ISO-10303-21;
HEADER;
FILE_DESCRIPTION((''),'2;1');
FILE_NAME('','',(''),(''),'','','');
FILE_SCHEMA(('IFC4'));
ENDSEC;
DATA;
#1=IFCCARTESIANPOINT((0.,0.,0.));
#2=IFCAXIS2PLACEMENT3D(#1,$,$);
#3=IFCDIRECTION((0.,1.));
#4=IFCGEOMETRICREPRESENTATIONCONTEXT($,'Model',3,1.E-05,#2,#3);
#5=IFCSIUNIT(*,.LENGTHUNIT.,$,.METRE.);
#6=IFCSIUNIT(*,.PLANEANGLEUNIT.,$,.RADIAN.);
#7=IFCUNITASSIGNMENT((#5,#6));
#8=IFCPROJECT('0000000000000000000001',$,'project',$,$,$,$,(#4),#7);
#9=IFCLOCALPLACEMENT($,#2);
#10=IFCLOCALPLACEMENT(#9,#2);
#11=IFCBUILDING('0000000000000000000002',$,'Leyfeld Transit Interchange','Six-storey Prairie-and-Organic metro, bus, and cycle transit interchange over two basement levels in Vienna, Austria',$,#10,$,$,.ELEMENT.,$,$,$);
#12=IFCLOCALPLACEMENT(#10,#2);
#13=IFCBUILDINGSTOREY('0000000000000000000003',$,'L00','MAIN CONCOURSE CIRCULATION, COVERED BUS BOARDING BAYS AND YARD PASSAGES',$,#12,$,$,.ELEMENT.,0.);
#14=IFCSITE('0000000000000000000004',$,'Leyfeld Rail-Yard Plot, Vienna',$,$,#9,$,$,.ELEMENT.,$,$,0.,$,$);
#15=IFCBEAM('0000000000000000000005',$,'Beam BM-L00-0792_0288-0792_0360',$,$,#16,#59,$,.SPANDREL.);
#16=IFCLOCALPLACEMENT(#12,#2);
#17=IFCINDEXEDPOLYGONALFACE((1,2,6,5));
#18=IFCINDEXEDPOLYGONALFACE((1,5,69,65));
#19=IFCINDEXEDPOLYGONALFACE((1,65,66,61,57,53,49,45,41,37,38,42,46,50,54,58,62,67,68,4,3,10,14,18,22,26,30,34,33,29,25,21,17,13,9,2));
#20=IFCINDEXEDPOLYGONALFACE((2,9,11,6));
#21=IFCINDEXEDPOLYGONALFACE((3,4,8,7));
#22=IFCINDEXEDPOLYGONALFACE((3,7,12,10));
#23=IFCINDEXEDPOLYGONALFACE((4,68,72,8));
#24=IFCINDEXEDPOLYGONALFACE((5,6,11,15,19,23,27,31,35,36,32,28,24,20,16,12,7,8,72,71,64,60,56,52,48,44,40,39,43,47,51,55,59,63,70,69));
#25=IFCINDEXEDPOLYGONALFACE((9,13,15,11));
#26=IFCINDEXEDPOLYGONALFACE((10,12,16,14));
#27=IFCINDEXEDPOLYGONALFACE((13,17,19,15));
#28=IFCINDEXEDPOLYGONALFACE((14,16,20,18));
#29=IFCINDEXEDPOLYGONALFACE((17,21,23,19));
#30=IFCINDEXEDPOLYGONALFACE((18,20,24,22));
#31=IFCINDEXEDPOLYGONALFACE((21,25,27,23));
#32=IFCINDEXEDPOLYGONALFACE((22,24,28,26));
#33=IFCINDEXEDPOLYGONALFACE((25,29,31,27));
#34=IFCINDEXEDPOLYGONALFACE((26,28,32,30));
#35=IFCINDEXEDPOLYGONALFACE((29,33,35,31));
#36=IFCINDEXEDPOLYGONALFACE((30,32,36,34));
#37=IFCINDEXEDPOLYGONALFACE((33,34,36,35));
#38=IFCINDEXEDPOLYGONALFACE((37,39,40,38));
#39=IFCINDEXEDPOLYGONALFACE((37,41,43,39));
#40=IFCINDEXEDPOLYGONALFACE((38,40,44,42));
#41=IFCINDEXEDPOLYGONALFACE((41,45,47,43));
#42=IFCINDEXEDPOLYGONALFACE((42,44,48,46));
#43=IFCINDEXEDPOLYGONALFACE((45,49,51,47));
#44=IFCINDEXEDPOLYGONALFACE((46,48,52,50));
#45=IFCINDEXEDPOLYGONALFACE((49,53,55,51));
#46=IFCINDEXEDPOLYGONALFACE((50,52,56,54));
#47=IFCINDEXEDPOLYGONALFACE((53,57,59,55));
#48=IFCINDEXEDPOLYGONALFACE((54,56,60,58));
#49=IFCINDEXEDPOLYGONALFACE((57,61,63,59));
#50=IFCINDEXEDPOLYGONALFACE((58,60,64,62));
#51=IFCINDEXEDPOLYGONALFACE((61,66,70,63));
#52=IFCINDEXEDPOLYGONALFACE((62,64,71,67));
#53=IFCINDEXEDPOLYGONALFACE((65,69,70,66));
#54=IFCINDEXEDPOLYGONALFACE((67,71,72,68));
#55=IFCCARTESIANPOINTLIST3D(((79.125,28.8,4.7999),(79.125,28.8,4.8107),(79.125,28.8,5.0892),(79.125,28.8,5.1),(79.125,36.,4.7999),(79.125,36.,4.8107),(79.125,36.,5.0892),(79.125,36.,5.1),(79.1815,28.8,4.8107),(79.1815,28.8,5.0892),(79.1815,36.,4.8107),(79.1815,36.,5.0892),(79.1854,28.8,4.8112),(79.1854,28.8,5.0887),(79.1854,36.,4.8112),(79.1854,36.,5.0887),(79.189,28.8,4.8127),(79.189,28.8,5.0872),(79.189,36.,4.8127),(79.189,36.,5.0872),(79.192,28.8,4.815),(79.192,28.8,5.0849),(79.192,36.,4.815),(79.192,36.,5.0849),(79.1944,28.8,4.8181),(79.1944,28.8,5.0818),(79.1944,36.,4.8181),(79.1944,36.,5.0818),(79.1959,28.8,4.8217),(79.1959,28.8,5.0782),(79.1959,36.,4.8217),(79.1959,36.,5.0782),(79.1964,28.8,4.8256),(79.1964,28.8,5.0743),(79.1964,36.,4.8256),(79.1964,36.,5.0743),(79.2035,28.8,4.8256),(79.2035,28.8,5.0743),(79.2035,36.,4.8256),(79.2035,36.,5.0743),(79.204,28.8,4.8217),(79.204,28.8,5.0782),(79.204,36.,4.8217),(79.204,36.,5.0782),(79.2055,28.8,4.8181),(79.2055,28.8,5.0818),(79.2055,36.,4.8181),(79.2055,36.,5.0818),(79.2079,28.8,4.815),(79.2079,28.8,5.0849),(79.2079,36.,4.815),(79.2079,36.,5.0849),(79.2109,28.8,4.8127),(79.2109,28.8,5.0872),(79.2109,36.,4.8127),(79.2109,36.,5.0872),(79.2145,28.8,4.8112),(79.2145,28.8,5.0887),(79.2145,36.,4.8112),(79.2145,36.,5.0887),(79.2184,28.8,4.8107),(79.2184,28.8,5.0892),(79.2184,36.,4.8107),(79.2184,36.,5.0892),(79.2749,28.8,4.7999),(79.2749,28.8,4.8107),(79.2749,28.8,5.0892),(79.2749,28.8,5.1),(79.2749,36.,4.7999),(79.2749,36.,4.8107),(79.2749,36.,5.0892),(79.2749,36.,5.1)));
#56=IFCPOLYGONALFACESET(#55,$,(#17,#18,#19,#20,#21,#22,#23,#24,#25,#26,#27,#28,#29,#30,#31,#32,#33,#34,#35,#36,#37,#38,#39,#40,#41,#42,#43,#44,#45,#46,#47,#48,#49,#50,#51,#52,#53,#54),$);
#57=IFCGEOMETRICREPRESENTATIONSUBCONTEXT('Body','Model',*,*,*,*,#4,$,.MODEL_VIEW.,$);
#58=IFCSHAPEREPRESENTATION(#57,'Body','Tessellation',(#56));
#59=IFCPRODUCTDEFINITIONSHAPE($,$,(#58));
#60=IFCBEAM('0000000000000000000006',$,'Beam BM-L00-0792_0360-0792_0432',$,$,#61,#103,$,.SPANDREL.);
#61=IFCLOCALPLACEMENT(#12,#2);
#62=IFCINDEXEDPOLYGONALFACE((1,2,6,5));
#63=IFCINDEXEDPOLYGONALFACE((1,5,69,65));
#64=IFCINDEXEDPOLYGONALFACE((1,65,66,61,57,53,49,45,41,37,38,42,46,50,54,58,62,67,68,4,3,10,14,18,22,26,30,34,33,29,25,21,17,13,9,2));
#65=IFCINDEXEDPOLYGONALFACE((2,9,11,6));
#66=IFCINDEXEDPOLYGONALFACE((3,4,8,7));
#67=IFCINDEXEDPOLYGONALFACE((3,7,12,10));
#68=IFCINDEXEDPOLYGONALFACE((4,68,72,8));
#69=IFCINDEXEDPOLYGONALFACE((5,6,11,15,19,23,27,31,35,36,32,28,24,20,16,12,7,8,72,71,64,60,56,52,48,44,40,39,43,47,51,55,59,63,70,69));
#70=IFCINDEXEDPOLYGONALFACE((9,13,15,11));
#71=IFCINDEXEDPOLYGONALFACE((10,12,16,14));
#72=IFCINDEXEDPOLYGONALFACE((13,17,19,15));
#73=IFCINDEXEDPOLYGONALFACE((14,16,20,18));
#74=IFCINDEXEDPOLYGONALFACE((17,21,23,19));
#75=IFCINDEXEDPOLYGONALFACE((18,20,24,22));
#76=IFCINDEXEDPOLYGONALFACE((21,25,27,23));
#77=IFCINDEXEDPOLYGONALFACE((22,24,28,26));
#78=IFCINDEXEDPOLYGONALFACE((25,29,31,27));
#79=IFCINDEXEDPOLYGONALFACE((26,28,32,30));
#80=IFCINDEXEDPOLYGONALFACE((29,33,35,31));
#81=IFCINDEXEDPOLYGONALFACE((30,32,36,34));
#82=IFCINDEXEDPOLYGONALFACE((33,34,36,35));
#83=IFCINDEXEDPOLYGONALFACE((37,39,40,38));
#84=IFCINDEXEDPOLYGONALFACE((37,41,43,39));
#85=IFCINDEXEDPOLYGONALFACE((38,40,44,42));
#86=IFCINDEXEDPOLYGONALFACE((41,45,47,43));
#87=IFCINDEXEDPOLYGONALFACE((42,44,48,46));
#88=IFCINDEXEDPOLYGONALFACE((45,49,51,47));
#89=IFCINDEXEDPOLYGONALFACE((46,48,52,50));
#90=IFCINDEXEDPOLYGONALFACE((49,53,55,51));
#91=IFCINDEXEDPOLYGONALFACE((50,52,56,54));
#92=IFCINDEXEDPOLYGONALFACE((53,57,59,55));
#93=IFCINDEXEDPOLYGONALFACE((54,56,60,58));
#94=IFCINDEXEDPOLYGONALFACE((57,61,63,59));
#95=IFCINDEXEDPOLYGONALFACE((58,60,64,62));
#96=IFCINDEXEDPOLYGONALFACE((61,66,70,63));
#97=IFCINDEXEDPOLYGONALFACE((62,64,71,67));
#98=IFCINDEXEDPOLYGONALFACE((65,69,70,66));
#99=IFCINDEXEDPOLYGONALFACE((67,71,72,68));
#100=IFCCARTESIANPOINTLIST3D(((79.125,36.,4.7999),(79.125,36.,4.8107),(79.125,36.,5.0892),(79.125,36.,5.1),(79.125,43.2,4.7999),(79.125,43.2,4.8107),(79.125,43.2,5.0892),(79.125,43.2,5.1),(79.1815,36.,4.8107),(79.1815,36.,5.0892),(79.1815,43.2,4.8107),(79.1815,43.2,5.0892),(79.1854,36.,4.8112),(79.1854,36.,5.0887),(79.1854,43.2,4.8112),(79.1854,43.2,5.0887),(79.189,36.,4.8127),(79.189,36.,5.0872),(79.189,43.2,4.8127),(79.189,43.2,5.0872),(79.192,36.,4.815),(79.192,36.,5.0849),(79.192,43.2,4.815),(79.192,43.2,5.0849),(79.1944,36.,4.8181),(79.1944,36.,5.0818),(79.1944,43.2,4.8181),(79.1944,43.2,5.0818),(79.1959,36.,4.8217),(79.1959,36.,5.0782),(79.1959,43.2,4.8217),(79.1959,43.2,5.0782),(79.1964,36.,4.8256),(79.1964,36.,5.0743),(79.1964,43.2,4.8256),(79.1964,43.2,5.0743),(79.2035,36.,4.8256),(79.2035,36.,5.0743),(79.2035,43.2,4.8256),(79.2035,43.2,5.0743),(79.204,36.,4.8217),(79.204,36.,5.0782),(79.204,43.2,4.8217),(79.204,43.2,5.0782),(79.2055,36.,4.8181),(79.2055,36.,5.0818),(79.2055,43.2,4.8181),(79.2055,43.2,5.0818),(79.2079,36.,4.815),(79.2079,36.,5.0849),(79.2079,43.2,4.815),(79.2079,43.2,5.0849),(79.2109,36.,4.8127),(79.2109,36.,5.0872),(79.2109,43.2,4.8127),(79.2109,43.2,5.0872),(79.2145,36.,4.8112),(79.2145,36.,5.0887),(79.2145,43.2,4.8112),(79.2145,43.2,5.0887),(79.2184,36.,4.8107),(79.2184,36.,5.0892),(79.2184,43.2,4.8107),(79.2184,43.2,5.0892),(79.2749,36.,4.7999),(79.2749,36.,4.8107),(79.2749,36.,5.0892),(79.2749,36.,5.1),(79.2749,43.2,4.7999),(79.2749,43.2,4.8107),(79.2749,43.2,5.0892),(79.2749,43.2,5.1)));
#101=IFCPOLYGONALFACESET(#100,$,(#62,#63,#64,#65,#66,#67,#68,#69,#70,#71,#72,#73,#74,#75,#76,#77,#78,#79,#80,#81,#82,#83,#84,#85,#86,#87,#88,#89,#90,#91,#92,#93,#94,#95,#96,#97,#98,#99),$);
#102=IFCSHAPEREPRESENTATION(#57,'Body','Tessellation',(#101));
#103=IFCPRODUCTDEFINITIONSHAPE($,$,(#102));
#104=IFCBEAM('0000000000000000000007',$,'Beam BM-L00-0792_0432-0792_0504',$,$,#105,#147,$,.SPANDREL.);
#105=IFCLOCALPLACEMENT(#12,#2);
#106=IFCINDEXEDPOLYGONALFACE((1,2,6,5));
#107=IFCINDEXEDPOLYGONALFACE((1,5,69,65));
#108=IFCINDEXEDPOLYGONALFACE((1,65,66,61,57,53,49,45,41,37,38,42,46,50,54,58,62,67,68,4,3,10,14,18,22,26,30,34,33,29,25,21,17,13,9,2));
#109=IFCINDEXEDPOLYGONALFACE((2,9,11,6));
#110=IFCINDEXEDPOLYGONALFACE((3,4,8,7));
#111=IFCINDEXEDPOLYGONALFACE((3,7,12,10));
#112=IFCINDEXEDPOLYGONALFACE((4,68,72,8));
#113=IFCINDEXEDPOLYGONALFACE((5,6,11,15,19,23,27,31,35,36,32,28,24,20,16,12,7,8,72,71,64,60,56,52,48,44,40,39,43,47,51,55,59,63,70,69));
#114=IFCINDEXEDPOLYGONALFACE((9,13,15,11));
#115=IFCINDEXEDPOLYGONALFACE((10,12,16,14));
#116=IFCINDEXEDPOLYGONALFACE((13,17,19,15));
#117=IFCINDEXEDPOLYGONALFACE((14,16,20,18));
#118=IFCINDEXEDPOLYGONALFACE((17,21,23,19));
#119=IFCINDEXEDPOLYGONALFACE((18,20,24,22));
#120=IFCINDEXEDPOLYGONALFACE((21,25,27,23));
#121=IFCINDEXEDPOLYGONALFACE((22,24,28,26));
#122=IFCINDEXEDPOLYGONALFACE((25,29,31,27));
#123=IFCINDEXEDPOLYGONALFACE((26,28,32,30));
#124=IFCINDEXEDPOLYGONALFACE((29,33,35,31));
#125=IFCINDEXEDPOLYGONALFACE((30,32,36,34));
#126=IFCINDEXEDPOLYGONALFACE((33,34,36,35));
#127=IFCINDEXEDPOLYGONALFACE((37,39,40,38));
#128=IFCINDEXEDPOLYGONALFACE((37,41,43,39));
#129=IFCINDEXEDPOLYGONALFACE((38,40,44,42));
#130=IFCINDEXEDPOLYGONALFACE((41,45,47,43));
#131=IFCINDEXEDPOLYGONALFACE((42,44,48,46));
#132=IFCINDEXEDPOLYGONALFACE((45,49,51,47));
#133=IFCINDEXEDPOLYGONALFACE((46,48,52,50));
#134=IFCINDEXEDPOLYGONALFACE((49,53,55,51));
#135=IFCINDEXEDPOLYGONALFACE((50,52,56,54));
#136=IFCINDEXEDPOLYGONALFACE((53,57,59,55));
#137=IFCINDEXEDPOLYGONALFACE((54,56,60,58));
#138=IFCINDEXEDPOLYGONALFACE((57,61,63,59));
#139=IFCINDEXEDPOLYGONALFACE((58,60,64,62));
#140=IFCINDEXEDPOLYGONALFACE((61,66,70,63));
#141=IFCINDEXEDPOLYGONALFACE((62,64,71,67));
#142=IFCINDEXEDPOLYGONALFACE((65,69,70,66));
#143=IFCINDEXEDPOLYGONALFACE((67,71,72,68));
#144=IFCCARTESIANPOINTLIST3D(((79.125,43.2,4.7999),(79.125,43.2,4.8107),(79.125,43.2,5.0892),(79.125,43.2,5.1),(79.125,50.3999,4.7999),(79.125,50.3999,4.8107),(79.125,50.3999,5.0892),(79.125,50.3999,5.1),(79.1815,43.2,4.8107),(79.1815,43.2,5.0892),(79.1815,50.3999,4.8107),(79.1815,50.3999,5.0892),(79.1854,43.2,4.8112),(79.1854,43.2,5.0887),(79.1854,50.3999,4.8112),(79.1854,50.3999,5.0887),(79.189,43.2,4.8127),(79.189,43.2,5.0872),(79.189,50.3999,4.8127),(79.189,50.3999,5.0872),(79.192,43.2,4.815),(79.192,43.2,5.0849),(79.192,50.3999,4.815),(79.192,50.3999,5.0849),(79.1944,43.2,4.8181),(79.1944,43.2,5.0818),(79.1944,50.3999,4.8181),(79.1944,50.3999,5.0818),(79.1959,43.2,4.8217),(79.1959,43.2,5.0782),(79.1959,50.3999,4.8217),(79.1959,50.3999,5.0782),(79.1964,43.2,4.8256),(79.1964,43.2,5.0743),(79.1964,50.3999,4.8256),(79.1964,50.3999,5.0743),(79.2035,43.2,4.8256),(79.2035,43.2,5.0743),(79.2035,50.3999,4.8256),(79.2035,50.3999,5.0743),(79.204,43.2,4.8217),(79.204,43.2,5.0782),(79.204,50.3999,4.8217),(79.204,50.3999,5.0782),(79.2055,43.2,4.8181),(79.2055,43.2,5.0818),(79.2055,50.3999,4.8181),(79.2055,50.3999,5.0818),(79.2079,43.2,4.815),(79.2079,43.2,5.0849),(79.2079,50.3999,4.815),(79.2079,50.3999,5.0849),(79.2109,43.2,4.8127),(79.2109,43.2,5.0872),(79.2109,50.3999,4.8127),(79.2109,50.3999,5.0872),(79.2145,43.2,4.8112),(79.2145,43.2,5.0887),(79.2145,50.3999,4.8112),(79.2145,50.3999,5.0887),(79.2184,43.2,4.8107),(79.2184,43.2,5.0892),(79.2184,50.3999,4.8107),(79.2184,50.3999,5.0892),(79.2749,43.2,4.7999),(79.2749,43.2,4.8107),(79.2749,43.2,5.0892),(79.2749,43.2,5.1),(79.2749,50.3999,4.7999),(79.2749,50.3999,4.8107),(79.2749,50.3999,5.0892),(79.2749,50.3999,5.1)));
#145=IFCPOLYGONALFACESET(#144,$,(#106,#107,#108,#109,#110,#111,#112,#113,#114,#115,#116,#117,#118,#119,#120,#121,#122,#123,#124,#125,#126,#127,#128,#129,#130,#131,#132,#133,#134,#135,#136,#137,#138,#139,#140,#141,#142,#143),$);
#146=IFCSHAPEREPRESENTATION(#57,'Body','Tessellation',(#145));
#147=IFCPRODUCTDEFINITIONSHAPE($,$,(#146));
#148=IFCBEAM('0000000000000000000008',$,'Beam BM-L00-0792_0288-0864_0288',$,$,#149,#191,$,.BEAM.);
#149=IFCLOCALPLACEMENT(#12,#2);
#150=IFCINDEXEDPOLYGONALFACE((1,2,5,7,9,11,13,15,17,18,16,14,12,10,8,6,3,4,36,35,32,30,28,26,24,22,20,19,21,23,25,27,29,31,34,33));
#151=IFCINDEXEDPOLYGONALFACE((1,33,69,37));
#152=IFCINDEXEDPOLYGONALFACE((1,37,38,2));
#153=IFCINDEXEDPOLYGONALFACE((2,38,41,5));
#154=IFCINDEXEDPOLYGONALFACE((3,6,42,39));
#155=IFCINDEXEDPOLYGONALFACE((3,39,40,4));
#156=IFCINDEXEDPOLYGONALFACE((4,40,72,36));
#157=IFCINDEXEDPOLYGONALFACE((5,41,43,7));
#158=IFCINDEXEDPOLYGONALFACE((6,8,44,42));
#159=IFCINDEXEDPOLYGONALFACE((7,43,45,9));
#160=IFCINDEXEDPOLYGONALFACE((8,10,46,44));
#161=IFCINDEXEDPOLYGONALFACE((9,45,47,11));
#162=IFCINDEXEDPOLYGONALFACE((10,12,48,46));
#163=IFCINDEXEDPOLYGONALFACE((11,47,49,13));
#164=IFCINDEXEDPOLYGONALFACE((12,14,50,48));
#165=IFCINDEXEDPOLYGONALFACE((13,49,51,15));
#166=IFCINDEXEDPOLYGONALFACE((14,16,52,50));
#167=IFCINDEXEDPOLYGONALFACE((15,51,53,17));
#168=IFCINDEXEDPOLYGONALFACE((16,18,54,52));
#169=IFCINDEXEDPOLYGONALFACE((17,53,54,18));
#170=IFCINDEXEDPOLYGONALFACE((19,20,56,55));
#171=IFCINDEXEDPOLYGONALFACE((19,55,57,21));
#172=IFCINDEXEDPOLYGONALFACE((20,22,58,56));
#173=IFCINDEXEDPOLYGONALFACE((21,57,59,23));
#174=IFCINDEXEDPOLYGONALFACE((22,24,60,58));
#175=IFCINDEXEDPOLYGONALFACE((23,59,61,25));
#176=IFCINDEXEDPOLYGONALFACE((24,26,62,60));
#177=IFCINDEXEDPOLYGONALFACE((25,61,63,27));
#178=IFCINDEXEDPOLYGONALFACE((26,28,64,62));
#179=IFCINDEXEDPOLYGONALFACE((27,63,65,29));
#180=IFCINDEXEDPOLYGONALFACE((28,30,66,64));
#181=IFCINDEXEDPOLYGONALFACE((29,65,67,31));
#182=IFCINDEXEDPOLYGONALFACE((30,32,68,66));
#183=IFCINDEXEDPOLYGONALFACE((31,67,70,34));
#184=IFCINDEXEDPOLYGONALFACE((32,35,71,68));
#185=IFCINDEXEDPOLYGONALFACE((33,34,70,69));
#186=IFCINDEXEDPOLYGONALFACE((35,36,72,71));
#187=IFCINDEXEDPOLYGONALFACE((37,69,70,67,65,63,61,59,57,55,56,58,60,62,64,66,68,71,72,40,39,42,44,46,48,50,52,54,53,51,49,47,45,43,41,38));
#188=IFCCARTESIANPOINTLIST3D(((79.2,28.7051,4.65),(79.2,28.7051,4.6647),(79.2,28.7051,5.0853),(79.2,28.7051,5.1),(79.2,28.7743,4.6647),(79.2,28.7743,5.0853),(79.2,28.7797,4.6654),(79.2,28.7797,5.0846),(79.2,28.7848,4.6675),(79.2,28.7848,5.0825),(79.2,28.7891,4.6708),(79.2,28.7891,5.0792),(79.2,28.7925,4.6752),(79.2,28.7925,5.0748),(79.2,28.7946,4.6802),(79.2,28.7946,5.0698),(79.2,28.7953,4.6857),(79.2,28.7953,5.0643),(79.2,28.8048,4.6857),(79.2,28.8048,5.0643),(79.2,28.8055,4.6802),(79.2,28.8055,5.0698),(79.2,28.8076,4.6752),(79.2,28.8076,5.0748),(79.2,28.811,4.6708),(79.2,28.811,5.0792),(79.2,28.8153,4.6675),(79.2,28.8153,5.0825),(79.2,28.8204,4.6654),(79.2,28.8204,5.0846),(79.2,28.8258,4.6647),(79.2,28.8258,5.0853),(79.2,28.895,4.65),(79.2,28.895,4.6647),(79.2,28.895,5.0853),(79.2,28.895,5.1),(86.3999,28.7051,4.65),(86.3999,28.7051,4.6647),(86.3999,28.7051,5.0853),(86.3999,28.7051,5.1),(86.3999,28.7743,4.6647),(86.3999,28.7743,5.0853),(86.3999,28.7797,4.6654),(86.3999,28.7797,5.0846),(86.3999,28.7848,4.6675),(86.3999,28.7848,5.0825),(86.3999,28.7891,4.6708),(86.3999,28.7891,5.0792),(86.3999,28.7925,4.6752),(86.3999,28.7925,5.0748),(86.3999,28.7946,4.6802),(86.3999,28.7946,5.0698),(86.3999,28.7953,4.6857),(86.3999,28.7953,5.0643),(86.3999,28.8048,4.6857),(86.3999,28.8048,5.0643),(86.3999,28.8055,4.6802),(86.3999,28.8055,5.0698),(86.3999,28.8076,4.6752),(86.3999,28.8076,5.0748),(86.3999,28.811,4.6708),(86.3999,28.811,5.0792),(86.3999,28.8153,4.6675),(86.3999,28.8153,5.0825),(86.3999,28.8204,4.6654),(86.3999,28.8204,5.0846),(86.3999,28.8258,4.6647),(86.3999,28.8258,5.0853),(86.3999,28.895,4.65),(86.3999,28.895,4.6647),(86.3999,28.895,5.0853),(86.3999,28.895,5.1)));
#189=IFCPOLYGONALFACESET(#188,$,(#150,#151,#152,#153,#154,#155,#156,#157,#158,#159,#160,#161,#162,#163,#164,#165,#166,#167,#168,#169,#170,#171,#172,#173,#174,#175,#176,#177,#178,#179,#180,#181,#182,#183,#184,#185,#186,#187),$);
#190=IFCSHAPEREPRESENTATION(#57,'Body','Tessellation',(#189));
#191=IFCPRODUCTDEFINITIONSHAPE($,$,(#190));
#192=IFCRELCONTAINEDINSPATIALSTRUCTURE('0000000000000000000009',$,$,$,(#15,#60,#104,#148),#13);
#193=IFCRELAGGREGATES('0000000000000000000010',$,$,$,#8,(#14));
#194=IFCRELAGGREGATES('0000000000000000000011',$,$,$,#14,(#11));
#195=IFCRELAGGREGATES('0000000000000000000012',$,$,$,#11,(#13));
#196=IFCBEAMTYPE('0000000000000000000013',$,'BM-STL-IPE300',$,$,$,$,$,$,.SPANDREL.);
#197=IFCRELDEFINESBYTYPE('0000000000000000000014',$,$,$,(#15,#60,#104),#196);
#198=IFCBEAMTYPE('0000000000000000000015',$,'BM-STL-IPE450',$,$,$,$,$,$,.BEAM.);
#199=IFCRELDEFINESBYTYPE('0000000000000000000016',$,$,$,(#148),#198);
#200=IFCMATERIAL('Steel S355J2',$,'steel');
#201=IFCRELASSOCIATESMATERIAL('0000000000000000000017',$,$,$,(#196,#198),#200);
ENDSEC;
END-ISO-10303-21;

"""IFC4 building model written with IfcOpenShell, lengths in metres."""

from ifc_helpers import new_model, si_unit, direction, frame, origin, origin_2d, place, context, subcontext, project, spatial, i_section, extrude, material, material_profile, profile_set, type_object, element, save


model = new_model("IFC4")

# Units and contexts
model_context = context("Model", 3, precision=1e-05, world=origin(), true_north=direction((0.0, 1.0)))
body_context = subcontext(model_context, "Body", "Model", "MODEL_VIEW")
ifc_project = project(units=[si_unit("LENGTHUNIT", "METRE"), si_unit("PLANEANGLEUNIT", "RADIAN")], contexts=[model_context])

# Site, building, storey
site_placement = place(None, origin())
site = spatial("IfcSite", under=ifc_project, at=site_placement, Name="Leyfeld Rail-Yard Plot, Vienna", CompositionType="ELEMENT", RefElevation=0.0)
building_placement = place(site_placement, origin())
building = spatial("IfcBuilding", under=site, at=building_placement, Name="Leyfeld Transit Interchange", Description="Six-storey Prairie-and-Organic metro, bus, and cycle transit interchange over two basement levels in Vienna, Austria", CompositionType="ELEMENT")
storey_placement = place(building_placement, origin())
storey = spatial("IfcBuildingStorey", under=building, at=storey_placement, Name="L00", Description="MAIN CONCOURSE CIRCULATION, COVERED BUS BOARDING BAYS AND YARD PASSAGES", CompositionType="ELEMENT", Elevation=0.0)

# Shared definitions
ifc_material_1 = material(Name="Steel S355J2", Category="steel")

# Beams
ifc_material_profile_1 = material_profile(ifc_material_1, i_section(OverallWidth=0.1499, OverallDepth=0.3, WebThickness=0.0071, FlangeThickness=0.0107, FilletRadius=0.0149, at=origin_2d()), Name="IPE 300")
ifc_profile_set_1 = profile_set([ifc_material_profile_1], Name="Steel S355J2")
beam_type_1 = type_object("IfcBeamType", Name="BM-STL-IPE300", PredefinedType="SPANDREL", material=ifc_profile_set_1)
for number, where, z_axis, x_axis, name in (
    (1, (79.2, 28.8, 4.95), (0.0, 1.0, 0.0), (-1.0, 0.0, 0.0), "Beam BM-L00-0792_0288-0792_0360"),
    (2, (79.2, 36.0, 4.95), (0.0, 1.0, 0.0), (-1.0, 0.0, 0.0), "Beam BM-L00-0792_0360-0792_0432"),
    (3, (79.2, 43.2, 4.95), (0.0, 1.0, 0.0), (-1.0, 0.0, 0.0), "Beam BM-L00-0792_0432-0792_0504"),
):
    element("IfcBeam", number, at=place(storey_placement, frame(where, z_axis=z_axis, x_axis=x_axis)), inside=storey, type_object=beam_type_1, Name=name, PredefinedType="SPANDREL", context=body_context, shape_type="SweptSolid", body=[
        extrude(i_section(OverallWidth=0.1499, OverallDepth=0.3, WebThickness=0.0071, FlangeThickness=0.0107, FilletRadius=0.0149, at=origin_2d()), origin(), (0.0, 0.0, 1.0), 7.2),
    ])
ifc_material_profile_2 = material_profile(ifc_material_1, i_section(OverallWidth=0.1899, OverallDepth=0.45, WebThickness=0.0095, FlangeThickness=0.0146, FilletRadius=0.021, at=origin_2d()), Name="IPE 450")
ifc_profile_set_2 = profile_set([ifc_material_profile_2], Name="Steel S355J2")
beam_type_2 = type_object("IfcBeamType", Name="BM-STL-IPE450", PredefinedType="BEAM", material=ifc_profile_set_2)
for number, where, z_axis, x_axis, name in (
    (4, (79.2, 28.8, 4.875), (1.0, 0.0, 0.0), (0.0, 1.0, 0.0), "Beam BM-L00-0792_0288-0864_0288"),
):
    element("IfcBeam", number, at=place(storey_placement, frame(where, z_axis=z_axis, x_axis=x_axis)), inside=storey, type_object=beam_type_2, Name=name, PredefinedType="BEAM", context=body_context, shape_type="SweptSolid", body=[
        extrude(i_section(OverallWidth=0.1899, OverallDepth=0.45, WebThickness=0.0095, FlangeThickness=0.0146, FilletRadius=0.021, at=origin_2d()), origin(), (0.0, 0.0, 1.0), 7.2),
    ])

save(model, "model.ifc")
